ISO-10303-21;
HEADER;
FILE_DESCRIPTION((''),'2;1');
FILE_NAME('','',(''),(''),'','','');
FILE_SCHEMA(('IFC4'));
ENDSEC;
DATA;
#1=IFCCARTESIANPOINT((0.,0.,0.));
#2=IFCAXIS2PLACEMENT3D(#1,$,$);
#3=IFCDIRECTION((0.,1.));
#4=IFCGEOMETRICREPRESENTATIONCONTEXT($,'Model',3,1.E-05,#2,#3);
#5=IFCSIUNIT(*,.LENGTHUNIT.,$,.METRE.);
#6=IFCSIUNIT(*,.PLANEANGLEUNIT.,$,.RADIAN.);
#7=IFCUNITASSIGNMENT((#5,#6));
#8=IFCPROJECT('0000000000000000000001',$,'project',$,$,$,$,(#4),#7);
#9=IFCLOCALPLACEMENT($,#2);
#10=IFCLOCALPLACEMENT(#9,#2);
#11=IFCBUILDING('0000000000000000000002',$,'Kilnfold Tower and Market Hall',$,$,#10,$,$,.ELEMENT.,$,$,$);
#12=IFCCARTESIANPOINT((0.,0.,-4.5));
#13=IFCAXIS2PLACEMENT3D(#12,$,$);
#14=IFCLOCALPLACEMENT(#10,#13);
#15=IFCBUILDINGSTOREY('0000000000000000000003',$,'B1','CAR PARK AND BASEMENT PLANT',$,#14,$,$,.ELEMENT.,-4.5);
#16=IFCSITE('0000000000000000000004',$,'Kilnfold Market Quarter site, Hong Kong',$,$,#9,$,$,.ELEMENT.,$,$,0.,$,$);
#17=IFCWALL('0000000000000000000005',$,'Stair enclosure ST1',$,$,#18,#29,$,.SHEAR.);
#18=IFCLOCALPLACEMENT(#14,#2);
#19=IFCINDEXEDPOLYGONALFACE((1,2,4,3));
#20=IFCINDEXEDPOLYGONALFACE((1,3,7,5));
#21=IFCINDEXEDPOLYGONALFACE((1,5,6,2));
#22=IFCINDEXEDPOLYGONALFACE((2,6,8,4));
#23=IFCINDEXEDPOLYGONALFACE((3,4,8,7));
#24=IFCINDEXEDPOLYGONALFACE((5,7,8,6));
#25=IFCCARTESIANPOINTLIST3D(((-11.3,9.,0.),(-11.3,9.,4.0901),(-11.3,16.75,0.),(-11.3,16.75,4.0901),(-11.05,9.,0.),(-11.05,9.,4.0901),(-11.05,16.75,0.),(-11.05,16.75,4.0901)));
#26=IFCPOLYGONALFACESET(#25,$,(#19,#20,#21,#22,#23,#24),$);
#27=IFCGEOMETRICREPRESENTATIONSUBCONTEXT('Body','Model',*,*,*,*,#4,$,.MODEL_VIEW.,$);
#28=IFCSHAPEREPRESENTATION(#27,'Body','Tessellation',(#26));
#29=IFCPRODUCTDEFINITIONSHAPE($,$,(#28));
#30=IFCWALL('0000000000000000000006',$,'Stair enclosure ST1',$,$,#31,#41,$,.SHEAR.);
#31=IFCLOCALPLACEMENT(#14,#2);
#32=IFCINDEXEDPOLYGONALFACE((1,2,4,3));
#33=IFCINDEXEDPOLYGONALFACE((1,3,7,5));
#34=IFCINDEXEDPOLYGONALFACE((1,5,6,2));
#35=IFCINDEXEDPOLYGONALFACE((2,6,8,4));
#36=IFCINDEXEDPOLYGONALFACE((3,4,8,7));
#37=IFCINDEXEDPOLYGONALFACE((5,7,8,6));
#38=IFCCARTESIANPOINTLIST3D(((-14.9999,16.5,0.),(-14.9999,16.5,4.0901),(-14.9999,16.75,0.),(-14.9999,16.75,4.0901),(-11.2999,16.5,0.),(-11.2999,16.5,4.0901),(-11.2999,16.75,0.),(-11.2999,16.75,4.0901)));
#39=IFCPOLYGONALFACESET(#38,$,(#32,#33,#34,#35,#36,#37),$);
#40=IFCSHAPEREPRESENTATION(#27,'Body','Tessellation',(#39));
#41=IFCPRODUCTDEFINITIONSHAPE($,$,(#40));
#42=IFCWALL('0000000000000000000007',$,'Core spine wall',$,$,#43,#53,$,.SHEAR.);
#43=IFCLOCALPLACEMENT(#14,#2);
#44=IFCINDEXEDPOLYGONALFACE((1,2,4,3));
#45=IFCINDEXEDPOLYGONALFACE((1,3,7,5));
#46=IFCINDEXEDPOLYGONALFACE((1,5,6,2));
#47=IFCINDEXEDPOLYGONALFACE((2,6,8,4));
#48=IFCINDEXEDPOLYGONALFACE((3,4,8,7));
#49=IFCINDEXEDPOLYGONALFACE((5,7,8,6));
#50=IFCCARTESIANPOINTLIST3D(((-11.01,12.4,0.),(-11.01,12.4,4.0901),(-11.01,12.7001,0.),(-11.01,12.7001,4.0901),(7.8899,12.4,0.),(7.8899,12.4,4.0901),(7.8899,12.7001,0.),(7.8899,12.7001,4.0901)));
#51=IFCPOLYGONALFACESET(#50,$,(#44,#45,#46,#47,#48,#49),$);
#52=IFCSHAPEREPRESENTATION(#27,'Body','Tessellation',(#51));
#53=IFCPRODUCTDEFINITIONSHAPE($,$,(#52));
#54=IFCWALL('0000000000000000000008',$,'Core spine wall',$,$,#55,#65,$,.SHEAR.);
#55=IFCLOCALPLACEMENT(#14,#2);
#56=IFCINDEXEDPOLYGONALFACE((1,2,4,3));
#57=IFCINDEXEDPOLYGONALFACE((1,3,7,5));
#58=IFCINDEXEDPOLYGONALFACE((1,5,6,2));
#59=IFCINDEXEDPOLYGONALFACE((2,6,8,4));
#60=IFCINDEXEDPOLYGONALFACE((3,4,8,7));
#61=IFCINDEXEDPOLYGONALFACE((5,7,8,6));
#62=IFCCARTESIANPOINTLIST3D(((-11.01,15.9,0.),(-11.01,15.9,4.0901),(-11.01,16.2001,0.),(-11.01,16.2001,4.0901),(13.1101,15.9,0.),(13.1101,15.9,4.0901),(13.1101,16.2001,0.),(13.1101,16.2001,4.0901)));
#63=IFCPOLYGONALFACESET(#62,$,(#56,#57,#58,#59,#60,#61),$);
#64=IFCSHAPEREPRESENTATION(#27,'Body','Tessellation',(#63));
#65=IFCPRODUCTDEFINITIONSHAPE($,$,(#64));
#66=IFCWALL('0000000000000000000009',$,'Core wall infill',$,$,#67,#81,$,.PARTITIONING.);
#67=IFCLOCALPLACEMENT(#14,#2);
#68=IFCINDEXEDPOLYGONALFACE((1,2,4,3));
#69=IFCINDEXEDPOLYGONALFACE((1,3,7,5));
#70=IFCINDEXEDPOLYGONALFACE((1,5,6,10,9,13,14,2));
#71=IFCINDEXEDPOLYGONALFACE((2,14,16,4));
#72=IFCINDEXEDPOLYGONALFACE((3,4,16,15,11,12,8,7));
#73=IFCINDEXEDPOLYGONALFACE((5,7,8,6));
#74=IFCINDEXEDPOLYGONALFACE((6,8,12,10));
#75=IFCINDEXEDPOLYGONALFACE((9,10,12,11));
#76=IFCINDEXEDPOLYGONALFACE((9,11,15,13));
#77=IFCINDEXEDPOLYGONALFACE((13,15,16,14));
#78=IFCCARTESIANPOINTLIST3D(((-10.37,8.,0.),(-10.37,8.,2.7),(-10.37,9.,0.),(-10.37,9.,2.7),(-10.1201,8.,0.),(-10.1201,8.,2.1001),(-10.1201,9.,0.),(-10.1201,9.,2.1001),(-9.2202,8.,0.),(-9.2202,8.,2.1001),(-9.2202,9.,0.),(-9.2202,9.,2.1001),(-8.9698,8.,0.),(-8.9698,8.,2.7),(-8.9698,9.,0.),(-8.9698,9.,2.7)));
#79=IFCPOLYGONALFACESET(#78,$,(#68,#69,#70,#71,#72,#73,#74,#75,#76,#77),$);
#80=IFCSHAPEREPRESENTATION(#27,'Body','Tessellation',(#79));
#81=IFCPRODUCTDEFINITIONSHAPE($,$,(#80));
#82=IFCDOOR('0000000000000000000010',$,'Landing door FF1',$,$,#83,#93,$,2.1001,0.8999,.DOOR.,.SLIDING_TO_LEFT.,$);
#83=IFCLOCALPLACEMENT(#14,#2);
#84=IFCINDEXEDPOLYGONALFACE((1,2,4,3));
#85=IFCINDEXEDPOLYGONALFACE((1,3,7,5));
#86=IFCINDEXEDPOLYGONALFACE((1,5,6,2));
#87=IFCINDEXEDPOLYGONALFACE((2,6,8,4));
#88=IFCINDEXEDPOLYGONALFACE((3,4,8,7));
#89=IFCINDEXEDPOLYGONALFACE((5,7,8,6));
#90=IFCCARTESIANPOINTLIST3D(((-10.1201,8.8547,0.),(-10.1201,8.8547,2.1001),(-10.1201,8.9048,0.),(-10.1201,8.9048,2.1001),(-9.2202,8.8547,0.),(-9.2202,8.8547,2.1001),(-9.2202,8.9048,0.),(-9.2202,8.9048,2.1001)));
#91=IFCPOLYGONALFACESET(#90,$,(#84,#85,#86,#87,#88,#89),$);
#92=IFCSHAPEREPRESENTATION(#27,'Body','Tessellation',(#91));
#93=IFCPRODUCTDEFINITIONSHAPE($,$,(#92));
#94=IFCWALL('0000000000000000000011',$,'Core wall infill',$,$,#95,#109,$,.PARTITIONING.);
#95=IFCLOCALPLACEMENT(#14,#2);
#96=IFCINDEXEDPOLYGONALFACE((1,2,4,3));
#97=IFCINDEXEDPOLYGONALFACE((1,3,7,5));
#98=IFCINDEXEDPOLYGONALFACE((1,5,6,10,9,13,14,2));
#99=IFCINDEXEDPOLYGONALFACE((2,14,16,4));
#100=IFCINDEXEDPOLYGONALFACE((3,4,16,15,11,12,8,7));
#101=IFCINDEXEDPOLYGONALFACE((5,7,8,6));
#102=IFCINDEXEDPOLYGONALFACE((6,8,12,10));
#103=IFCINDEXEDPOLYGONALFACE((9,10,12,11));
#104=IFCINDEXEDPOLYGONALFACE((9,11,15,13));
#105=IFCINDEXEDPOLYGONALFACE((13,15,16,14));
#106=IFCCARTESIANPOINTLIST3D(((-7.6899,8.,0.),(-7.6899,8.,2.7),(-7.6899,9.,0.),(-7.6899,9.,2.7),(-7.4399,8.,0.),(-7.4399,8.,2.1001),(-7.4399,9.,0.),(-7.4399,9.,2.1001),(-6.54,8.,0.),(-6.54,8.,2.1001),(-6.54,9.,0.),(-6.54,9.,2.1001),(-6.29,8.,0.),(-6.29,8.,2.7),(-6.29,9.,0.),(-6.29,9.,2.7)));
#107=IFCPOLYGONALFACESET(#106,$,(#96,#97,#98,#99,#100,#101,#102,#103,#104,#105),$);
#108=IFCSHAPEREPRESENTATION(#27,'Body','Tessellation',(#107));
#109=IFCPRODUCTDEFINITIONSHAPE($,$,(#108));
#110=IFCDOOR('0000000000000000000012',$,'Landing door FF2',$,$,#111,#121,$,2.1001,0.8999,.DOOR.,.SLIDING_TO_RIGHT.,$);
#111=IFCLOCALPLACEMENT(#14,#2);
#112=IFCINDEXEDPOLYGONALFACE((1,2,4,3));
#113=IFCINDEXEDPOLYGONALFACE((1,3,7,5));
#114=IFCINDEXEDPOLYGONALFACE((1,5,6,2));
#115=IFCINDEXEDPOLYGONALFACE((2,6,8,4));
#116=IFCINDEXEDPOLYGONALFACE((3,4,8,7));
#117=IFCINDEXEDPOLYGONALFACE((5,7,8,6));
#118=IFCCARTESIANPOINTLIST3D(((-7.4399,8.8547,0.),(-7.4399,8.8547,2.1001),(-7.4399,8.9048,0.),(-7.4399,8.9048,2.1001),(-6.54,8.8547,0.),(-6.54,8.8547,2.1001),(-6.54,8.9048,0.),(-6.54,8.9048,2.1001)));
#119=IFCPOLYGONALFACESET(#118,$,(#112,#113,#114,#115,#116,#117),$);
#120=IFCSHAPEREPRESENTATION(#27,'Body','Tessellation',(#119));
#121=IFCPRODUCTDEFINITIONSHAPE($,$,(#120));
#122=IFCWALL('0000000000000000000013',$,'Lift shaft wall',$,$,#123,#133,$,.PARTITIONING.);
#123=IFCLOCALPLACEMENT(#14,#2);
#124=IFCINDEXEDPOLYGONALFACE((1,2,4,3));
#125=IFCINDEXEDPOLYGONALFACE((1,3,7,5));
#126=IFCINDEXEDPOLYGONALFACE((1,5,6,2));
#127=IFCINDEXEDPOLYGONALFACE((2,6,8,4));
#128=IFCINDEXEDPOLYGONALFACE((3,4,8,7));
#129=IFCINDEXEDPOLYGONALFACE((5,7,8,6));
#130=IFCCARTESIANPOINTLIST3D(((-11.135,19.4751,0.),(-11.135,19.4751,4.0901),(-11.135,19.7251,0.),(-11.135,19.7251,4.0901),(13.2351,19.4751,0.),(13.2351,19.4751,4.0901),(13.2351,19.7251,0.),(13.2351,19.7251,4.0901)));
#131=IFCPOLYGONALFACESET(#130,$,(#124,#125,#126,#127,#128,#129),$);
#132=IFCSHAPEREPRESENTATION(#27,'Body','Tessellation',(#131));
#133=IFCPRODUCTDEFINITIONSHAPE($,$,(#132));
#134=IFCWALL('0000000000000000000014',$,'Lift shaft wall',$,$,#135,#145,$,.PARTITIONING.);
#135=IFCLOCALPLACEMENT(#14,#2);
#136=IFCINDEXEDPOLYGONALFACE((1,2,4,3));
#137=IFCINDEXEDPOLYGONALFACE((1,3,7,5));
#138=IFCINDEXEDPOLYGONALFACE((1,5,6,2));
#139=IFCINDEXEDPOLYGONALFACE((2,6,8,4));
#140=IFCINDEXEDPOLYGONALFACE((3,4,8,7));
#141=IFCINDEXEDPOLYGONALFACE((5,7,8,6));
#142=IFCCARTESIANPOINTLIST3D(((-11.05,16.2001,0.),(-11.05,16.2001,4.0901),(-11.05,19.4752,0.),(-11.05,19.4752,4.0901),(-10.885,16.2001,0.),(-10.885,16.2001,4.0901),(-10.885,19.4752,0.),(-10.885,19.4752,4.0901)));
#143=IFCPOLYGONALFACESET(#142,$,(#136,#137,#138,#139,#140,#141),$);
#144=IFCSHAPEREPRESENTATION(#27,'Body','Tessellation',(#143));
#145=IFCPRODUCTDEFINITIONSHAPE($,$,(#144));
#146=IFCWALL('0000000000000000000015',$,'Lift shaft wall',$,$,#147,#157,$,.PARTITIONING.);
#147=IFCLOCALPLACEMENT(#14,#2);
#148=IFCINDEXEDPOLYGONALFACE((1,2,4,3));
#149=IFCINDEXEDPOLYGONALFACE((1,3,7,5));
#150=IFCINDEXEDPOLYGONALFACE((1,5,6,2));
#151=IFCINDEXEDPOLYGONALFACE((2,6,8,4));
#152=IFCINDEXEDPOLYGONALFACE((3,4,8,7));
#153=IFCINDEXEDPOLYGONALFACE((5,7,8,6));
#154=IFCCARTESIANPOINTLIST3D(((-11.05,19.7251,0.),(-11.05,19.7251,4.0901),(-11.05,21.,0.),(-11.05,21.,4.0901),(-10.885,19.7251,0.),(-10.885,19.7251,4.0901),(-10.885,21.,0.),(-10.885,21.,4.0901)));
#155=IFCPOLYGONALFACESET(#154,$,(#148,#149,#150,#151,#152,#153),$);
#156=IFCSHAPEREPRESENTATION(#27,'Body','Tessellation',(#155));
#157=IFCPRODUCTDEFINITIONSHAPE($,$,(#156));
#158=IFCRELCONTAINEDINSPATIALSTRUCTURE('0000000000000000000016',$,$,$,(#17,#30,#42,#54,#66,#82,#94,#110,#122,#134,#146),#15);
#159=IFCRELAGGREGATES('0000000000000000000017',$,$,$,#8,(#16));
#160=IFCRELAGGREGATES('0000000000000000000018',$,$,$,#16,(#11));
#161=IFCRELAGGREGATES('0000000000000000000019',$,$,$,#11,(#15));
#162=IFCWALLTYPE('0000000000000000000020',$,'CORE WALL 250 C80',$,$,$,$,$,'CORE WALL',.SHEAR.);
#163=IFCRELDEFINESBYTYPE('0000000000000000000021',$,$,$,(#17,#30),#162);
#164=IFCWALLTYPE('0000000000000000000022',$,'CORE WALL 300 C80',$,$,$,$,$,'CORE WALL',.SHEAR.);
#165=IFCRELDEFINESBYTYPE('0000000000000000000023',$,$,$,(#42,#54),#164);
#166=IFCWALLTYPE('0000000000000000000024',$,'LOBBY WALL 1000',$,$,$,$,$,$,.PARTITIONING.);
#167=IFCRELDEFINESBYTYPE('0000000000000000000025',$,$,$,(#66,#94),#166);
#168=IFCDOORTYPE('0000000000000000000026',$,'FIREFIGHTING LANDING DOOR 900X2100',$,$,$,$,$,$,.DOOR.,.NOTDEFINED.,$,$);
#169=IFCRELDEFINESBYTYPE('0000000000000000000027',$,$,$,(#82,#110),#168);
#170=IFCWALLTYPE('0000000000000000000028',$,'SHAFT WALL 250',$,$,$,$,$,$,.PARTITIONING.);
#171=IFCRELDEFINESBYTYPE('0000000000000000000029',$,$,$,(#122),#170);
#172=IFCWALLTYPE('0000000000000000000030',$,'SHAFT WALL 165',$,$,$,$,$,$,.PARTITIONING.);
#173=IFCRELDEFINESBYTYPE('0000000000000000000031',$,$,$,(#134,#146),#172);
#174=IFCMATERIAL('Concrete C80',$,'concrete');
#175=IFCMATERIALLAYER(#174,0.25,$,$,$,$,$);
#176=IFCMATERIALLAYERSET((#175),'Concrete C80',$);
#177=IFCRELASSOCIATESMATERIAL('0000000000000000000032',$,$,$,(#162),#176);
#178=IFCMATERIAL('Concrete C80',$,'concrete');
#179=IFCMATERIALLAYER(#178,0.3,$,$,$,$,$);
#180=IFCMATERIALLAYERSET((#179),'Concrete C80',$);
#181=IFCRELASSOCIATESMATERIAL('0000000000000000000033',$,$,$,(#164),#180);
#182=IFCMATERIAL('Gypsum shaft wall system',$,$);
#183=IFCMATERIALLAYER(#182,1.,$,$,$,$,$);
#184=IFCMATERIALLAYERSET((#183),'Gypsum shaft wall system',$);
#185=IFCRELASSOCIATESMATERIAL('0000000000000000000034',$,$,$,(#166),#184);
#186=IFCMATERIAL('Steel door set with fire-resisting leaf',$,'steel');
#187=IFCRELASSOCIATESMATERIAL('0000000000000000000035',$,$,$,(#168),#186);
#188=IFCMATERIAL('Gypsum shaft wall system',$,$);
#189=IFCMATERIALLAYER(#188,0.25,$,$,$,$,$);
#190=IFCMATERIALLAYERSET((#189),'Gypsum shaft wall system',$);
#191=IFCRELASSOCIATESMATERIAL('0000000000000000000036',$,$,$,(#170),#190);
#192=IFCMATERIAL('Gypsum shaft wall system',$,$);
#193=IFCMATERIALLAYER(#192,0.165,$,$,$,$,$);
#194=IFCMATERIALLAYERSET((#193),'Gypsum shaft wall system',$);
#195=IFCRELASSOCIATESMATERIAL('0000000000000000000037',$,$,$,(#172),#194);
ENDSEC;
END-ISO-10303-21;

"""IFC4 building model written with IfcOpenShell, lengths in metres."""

from ifc_helpers import new_model, si_unit, direction, frame, frame_2d, origin, place, context, subcontext, project, spatial, rectangle, extrude, source, transform, mapped, material, layer, layer_set, type_object, element, fill, save


model = new_model("IFC4")

# Units and contexts
model_context = context("Model", 3, precision=1e-05, world=origin(), true_north=direction((0.0, 1.0)))
body_context = subcontext(model_context, "Body", "Model", "MODEL_VIEW")
ifc_project = project(units=[si_unit("LENGTHUNIT", "METRE"), si_unit("PLANEANGLEUNIT", "RADIAN")], contexts=[model_context])

# Site, building, storey
site_placement = place(None, origin())
site = spatial("IfcSite", under=ifc_project, at=site_placement, Name="Kilnfold Market Quarter site, Hong Kong", CompositionType="ELEMENT", RefElevation=0.0)
building_placement = place(site_placement, origin())
building = spatial("IfcBuilding", under=site, at=building_placement, Name="Kilnfold Tower and Market Hall", CompositionType="ELEMENT")
storey_placement = place(building_placement, frame((0.0, 0.0, -4.5)))
storey = spatial("IfcBuildingStorey", under=building, at=storey_placement, Name="B1", Description="CAR PARK AND BASEMENT PLANT", CompositionType="ELEMENT", Elevation=-4.5)

# Walls
ifc_material_1 = material(Name="Concrete C80", Category="concrete")
ifc_layer_1 = layer(ifc_material_1, 0.25)
ifc_layer_set_1 = layer_set([ifc_layer_1], Name="Concrete C80")
wall_type_1 = type_object("IfcWallType", Name="CORE WALL 250 C80", ElementType="CORE WALL", PredefinedType="SHEAR", material=ifc_layer_set_1)
shared_shape_1 = source(origin(), body_context, "Body", "SweptSolid", [
    extrude(rectangle(XDim=7.75, YDim=0.25, at=frame_2d((3.875, 0.0))), origin(), (0.0, 0.0, 1.0), 4.0901),
])
wall_1_placement = place(storey_placement, frame((-11.175, 9.0, 0.0), z_axis=(0.0, 0.0, 1.0), x_axis=(0.0, 1.0, 0.0)))
element("IfcWall", 1, at=wall_1_placement, inside=storey, type_object=wall_type_1, Name="Stair enclosure ST1", PredefinedType="SHEAR", context=body_context, shape_type="MappedRepresentation", body=[
    mapped(shared_shape_1, transform((0.0, 0.0, 0.0))),
])
shared_shape_2 = source(origin(), body_context, "Body", "SweptSolid", [
    extrude(rectangle(XDim=3.7, YDim=0.25, at=frame_2d((1.8501, 0.0))), origin(), (0.0, 0.0, 1.0), 4.0901),
])
wall_2_placement = place(storey_placement, frame((-15.0, 16.625, 0.0), z_axis=(0.0, 0.0, 1.0), x_axis=(1.0, 0.0, 0.0)))
element("IfcWall", 2, at=wall_2_placement, inside=storey, type_object=wall_type_1, Name="Stair enclosure ST1", PredefinedType="SHEAR", context=body_context, shape_type="MappedRepresentation", body=[
    mapped(shared_shape_2, transform((0.0, 0.0, 0.0))),
])
ifc_material_2 = material(Name="Concrete C80", Category="concrete")
ifc_layer_2 = layer(ifc_material_2, 0.3)
ifc_layer_set_2 = layer_set([ifc_layer_2], Name="Concrete C80")
wall_type_2 = type_object("IfcWallType", Name="CORE WALL 300 C80", ElementType="CORE WALL", PredefinedType="SHEAR", material=ifc_layer_set_2)
shared_shape_3 = source(origin(), body_context, "Body", "SweptSolid", [
    extrude(rectangle(XDim=18.8999, YDim=0.3, at=frame_2d((9.45, 0.0))), origin(), (0.0, 0.0, 1.0), 4.0901),
])
wall_3_placement = place(storey_placement, frame((-11.01, 12.55, 0.0), z_axis=(0.0, 0.0, 1.0), x_axis=(1.0, 0.0, 0.0)))
element("IfcWall", 3, at=wall_3_placement, inside=storey, type_object=wall_type_2, Name="Core spine wall", PredefinedType="SHEAR", context=body_context, shape_type="MappedRepresentation", body=[
    mapped(shared_shape_3, transform((0.0, 0.0, 0.0))),
])
shared_shape_4 = source(origin(), body_context, "Body", "SweptSolid", [
    extrude(rectangle(XDim=24.1201, YDim=0.3, at=frame_2d((12.0601, 0.0))), origin(), (0.0, 0.0, 1.0), 4.0901),
])
wall_4_placement = place(storey_placement, frame((-11.01, 16.05, 0.0), z_axis=(0.0, 0.0, 1.0), x_axis=(1.0, 0.0, 0.0)))
element("IfcWall", 4, at=wall_4_placement, inside=storey, type_object=wall_type_2, Name="Core spine wall", PredefinedType="SHEAR", context=body_context, shape_type="MappedRepresentation", body=[
    mapped(shared_shape_4, transform((0.0, 0.0, 0.0))),
])

# Walls, openings, doors
ifc_material_3 = material(Name="Gypsum shaft wall system")
ifc_layer_3 = layer(ifc_material_3, 1.0)
ifc_layer_set_3 = layer_set([ifc_layer_3], Name="Gypsum shaft wall system")
wall_type_3 = type_object("IfcWallType", Name="LOBBY WALL 1000", PredefinedType="PARTITIONING", material=ifc_layer_set_3)
shared_shape_5 = source(origin(), body_context, "Body", "SweptSolid", [
    extrude(rectangle(XDim=1.4001, YDim=1.0, at=frame_2d((0.7002, 0.0))), origin(), (0.0, 0.0, 1.0), 2.7),
])
wall_5_placement = place(storey_placement, frame((-10.3701, 8.5, 0.0), z_axis=(0.0, 0.0, 1.0), x_axis=(1.0, 0.0, 0.0)))
wall_5 = element("IfcWall", 5, at=wall_5_placement, inside=storey, type_object=wall_type_3, Name="Core wall infill", PredefinedType="PARTITIONING", context=body_context, shape_type="MappedRepresentation", body=[
    mapped(shared_shape_5, transform((0.0, 0.0, 0.0))),
])
opening_1_placement = place(wall_5_placement, frame((0.25, 0.0, 0.0)))
opening_1 = element("IfcOpeningElement", 6, at=opening_1_placement, cuts=wall_5, PredefinedType="OPENING", context=body_context, shape_type="SweptSolid", body=[
    extrude(rectangle(XDim=0.8999, YDim=2.1001, at=frame_2d((0.45, 1.05))), frame((0.0, 0.51, 0.0), z_axis=(0.0, -1.0, 0.0), x_axis=(1.0, 0.0, 0.0)), (0.0, 0.0, 1.0), 1.02),
])
ifc_material_4 = material(Name="Steel door set with fire-resisting leaf", Category="steel")
door_type_1 = type_object("IfcDoorType", Name="FIREFIGHTING LANDING DOOR 900X2100", OperationType="NOTDEFINED", PredefinedType="DOOR", material=ifc_material_4)
door_1_placement = place(opening_1_placement, origin())
door_1 = element("IfcDoor", 7, at=door_1_placement, inside=storey, type_object=door_type_1, Name="Landing door FF1", OperationType="SLIDING_TO_LEFT", OverallHeight=2.1001, OverallWidth=0.8999, PredefinedType="DOOR", context=body_context, shape_type="SweptSolid", body=[
    extrude(rectangle(XDim=0.8999, YDim=2.1001, at=frame_2d((0.45, 1.05))), frame((0.0, 0.4048, 0.0), z_axis=(0.0, -1.0, 0.0), x_axis=(1.0, 0.0, 0.0)), (0.0, 0.0, 1.0), 0.05),
])
fill(opening_1, door_1)
shared_shape_6 = source(origin(), body_context, "Body", "SweptSolid", [
    extrude(rectangle(XDim=1.3999, YDim=1.0, at=frame_2d((0.7, 0.0))), origin(), (0.0, 0.0, 1.0), 2.7),
])
wall_6_placement = place(storey_placement, frame((-7.6899, 8.5, 0.0), z_axis=(0.0, 0.0, 1.0), x_axis=(1.0, 0.0, 0.0)))
wall_6 = element("IfcWall", 8, at=wall_6_placement, inside=storey, type_object=wall_type_3, Name="Core wall infill", PredefinedType="PARTITIONING", context=body_context, shape_type="MappedRepresentation", body=[
    mapped(shared_shape_6, transform((0.0, 0.0, 0.0))),
])
opening_2_placement = place(wall_6_placement, frame((0.25, 0.0, 0.0)))
opening_2 = element("IfcOpeningElement", 9, at=opening_2_placement, cuts=wall_6, PredefinedType="OPENING", context=body_context, shape_type="SweptSolid", body=[
    extrude(rectangle(XDim=0.8999, YDim=2.1001, at=frame_2d((0.45, 1.05))), frame((0.0, 0.51, 0.0), z_axis=(0.0, -1.0, 0.0), x_axis=(1.0, 0.0, 0.0)), (0.0, 0.0, 1.0), 1.02),
])
door_2_placement = place(opening_2_placement, origin())
door_2 = element("IfcDoor", 10, at=door_2_placement, inside=storey, type_object=door_type_1, Name="Landing door FF2", OperationType="SLIDING_TO_RIGHT", OverallHeight=2.1001, OverallWidth=0.8999, PredefinedType="DOOR", context=body_context, shape_type="SweptSolid", body=[
    extrude(rectangle(XDim=0.8999, YDim=2.1001, at=frame_2d((0.45, 1.05))), frame((0.0, 0.4048, 0.0), z_axis=(0.0, -1.0, 0.0), x_axis=(1.0, 0.0, 0.0)), (0.0, 0.0, 1.0), 0.05),
])
fill(opening_2, door_2)

# Walls
ifc_material_5 = material(Name="Gypsum shaft wall system")
ifc_layer_4 = layer(ifc_material_5, 0.25)
ifc_layer_set_4 = layer_set([ifc_layer_4], Name="Gypsum shaft wall system")
wall_type_4 = type_object("IfcWallType", Name="SHAFT WALL 250", PredefinedType="PARTITIONING", material=ifc_layer_set_4)
shared_shape_7 = source(origin(), body_context, "Body", "SweptSolid", [
    extrude(rectangle(XDim=24.3701, YDim=0.25, at=frame_2d((12.1851, 0.0))), origin(), (0.0, 0.0, 1.0), 4.0901),
])
wall_7_placement = place(storey_placement, frame((-11.135, 19.6001, 0.0), z_axis=(0.0, 0.0, 1.0), x_axis=(1.0, 0.0, 0.0)))
element("IfcWall", 11, at=wall_7_placement, inside=storey, type_object=wall_type_4, Name="Lift shaft wall", PredefinedType="PARTITIONING", context=body_context, shape_type="MappedRepresentation", body=[
    mapped(shared_shape_7, transform((0.0, 0.0, 0.0))),
])
ifc_material_6 = material(Name="Gypsum shaft wall system")
ifc_layer_5 = layer(ifc_material_6, 0.165)
ifc_layer_set_5 = layer_set([ifc_layer_5], Name="Gypsum shaft wall system")
wall_type_5 = type_object("IfcWallType", Name="SHAFT WALL 165", PredefinedType="PARTITIONING", material=ifc_layer_set_5)
shared_shape_8 = source(origin(), body_context, "Body", "SweptSolid", [
    extrude(rectangle(XDim=3.2751, YDim=0.165, at=frame_2d((1.6377, 0.0))), origin(), (0.0, 0.0, 1.0), 4.0901),
])
wall_8_placement = place(storey_placement, frame((-10.9675, 16.2, 0.0), z_axis=(0.0, 0.0, 1.0), x_axis=(0.0, 1.0, 0.0)))
element("IfcWall", 12, at=wall_8_placement, inside=storey, type_object=wall_type_5, Name="Lift shaft wall", PredefinedType="PARTITIONING", context=body_context, shape_type="MappedRepresentation", body=[
    mapped(shared_shape_8, transform((0.0, 0.0, 0.0))),
])
shared_shape_9 = source(origin(), body_context, "Body", "SweptSolid", [
    extrude(rectangle(XDim=1.2749, YDim=0.165, at=frame_2d((0.6375, 0.0))), origin(), (0.0, 0.0, 1.0), 4.0901),
])
wall_9_placement = place(storey_placement, frame((-10.9675, 19.7251, 0.0), z_axis=(0.0, 0.0, 1.0), x_axis=(0.0, 1.0, 0.0)))
element("IfcWall", 13, at=wall_9_placement, inside=storey, type_object=wall_type_5, Name="Lift shaft wall", PredefinedType="PARTITIONING", context=body_context, shape_type="MappedRepresentation", body=[
    mapped(shared_shape_9, transform((0.0, 0.0, 0.0))),
])

save(model, "model.ifc")
